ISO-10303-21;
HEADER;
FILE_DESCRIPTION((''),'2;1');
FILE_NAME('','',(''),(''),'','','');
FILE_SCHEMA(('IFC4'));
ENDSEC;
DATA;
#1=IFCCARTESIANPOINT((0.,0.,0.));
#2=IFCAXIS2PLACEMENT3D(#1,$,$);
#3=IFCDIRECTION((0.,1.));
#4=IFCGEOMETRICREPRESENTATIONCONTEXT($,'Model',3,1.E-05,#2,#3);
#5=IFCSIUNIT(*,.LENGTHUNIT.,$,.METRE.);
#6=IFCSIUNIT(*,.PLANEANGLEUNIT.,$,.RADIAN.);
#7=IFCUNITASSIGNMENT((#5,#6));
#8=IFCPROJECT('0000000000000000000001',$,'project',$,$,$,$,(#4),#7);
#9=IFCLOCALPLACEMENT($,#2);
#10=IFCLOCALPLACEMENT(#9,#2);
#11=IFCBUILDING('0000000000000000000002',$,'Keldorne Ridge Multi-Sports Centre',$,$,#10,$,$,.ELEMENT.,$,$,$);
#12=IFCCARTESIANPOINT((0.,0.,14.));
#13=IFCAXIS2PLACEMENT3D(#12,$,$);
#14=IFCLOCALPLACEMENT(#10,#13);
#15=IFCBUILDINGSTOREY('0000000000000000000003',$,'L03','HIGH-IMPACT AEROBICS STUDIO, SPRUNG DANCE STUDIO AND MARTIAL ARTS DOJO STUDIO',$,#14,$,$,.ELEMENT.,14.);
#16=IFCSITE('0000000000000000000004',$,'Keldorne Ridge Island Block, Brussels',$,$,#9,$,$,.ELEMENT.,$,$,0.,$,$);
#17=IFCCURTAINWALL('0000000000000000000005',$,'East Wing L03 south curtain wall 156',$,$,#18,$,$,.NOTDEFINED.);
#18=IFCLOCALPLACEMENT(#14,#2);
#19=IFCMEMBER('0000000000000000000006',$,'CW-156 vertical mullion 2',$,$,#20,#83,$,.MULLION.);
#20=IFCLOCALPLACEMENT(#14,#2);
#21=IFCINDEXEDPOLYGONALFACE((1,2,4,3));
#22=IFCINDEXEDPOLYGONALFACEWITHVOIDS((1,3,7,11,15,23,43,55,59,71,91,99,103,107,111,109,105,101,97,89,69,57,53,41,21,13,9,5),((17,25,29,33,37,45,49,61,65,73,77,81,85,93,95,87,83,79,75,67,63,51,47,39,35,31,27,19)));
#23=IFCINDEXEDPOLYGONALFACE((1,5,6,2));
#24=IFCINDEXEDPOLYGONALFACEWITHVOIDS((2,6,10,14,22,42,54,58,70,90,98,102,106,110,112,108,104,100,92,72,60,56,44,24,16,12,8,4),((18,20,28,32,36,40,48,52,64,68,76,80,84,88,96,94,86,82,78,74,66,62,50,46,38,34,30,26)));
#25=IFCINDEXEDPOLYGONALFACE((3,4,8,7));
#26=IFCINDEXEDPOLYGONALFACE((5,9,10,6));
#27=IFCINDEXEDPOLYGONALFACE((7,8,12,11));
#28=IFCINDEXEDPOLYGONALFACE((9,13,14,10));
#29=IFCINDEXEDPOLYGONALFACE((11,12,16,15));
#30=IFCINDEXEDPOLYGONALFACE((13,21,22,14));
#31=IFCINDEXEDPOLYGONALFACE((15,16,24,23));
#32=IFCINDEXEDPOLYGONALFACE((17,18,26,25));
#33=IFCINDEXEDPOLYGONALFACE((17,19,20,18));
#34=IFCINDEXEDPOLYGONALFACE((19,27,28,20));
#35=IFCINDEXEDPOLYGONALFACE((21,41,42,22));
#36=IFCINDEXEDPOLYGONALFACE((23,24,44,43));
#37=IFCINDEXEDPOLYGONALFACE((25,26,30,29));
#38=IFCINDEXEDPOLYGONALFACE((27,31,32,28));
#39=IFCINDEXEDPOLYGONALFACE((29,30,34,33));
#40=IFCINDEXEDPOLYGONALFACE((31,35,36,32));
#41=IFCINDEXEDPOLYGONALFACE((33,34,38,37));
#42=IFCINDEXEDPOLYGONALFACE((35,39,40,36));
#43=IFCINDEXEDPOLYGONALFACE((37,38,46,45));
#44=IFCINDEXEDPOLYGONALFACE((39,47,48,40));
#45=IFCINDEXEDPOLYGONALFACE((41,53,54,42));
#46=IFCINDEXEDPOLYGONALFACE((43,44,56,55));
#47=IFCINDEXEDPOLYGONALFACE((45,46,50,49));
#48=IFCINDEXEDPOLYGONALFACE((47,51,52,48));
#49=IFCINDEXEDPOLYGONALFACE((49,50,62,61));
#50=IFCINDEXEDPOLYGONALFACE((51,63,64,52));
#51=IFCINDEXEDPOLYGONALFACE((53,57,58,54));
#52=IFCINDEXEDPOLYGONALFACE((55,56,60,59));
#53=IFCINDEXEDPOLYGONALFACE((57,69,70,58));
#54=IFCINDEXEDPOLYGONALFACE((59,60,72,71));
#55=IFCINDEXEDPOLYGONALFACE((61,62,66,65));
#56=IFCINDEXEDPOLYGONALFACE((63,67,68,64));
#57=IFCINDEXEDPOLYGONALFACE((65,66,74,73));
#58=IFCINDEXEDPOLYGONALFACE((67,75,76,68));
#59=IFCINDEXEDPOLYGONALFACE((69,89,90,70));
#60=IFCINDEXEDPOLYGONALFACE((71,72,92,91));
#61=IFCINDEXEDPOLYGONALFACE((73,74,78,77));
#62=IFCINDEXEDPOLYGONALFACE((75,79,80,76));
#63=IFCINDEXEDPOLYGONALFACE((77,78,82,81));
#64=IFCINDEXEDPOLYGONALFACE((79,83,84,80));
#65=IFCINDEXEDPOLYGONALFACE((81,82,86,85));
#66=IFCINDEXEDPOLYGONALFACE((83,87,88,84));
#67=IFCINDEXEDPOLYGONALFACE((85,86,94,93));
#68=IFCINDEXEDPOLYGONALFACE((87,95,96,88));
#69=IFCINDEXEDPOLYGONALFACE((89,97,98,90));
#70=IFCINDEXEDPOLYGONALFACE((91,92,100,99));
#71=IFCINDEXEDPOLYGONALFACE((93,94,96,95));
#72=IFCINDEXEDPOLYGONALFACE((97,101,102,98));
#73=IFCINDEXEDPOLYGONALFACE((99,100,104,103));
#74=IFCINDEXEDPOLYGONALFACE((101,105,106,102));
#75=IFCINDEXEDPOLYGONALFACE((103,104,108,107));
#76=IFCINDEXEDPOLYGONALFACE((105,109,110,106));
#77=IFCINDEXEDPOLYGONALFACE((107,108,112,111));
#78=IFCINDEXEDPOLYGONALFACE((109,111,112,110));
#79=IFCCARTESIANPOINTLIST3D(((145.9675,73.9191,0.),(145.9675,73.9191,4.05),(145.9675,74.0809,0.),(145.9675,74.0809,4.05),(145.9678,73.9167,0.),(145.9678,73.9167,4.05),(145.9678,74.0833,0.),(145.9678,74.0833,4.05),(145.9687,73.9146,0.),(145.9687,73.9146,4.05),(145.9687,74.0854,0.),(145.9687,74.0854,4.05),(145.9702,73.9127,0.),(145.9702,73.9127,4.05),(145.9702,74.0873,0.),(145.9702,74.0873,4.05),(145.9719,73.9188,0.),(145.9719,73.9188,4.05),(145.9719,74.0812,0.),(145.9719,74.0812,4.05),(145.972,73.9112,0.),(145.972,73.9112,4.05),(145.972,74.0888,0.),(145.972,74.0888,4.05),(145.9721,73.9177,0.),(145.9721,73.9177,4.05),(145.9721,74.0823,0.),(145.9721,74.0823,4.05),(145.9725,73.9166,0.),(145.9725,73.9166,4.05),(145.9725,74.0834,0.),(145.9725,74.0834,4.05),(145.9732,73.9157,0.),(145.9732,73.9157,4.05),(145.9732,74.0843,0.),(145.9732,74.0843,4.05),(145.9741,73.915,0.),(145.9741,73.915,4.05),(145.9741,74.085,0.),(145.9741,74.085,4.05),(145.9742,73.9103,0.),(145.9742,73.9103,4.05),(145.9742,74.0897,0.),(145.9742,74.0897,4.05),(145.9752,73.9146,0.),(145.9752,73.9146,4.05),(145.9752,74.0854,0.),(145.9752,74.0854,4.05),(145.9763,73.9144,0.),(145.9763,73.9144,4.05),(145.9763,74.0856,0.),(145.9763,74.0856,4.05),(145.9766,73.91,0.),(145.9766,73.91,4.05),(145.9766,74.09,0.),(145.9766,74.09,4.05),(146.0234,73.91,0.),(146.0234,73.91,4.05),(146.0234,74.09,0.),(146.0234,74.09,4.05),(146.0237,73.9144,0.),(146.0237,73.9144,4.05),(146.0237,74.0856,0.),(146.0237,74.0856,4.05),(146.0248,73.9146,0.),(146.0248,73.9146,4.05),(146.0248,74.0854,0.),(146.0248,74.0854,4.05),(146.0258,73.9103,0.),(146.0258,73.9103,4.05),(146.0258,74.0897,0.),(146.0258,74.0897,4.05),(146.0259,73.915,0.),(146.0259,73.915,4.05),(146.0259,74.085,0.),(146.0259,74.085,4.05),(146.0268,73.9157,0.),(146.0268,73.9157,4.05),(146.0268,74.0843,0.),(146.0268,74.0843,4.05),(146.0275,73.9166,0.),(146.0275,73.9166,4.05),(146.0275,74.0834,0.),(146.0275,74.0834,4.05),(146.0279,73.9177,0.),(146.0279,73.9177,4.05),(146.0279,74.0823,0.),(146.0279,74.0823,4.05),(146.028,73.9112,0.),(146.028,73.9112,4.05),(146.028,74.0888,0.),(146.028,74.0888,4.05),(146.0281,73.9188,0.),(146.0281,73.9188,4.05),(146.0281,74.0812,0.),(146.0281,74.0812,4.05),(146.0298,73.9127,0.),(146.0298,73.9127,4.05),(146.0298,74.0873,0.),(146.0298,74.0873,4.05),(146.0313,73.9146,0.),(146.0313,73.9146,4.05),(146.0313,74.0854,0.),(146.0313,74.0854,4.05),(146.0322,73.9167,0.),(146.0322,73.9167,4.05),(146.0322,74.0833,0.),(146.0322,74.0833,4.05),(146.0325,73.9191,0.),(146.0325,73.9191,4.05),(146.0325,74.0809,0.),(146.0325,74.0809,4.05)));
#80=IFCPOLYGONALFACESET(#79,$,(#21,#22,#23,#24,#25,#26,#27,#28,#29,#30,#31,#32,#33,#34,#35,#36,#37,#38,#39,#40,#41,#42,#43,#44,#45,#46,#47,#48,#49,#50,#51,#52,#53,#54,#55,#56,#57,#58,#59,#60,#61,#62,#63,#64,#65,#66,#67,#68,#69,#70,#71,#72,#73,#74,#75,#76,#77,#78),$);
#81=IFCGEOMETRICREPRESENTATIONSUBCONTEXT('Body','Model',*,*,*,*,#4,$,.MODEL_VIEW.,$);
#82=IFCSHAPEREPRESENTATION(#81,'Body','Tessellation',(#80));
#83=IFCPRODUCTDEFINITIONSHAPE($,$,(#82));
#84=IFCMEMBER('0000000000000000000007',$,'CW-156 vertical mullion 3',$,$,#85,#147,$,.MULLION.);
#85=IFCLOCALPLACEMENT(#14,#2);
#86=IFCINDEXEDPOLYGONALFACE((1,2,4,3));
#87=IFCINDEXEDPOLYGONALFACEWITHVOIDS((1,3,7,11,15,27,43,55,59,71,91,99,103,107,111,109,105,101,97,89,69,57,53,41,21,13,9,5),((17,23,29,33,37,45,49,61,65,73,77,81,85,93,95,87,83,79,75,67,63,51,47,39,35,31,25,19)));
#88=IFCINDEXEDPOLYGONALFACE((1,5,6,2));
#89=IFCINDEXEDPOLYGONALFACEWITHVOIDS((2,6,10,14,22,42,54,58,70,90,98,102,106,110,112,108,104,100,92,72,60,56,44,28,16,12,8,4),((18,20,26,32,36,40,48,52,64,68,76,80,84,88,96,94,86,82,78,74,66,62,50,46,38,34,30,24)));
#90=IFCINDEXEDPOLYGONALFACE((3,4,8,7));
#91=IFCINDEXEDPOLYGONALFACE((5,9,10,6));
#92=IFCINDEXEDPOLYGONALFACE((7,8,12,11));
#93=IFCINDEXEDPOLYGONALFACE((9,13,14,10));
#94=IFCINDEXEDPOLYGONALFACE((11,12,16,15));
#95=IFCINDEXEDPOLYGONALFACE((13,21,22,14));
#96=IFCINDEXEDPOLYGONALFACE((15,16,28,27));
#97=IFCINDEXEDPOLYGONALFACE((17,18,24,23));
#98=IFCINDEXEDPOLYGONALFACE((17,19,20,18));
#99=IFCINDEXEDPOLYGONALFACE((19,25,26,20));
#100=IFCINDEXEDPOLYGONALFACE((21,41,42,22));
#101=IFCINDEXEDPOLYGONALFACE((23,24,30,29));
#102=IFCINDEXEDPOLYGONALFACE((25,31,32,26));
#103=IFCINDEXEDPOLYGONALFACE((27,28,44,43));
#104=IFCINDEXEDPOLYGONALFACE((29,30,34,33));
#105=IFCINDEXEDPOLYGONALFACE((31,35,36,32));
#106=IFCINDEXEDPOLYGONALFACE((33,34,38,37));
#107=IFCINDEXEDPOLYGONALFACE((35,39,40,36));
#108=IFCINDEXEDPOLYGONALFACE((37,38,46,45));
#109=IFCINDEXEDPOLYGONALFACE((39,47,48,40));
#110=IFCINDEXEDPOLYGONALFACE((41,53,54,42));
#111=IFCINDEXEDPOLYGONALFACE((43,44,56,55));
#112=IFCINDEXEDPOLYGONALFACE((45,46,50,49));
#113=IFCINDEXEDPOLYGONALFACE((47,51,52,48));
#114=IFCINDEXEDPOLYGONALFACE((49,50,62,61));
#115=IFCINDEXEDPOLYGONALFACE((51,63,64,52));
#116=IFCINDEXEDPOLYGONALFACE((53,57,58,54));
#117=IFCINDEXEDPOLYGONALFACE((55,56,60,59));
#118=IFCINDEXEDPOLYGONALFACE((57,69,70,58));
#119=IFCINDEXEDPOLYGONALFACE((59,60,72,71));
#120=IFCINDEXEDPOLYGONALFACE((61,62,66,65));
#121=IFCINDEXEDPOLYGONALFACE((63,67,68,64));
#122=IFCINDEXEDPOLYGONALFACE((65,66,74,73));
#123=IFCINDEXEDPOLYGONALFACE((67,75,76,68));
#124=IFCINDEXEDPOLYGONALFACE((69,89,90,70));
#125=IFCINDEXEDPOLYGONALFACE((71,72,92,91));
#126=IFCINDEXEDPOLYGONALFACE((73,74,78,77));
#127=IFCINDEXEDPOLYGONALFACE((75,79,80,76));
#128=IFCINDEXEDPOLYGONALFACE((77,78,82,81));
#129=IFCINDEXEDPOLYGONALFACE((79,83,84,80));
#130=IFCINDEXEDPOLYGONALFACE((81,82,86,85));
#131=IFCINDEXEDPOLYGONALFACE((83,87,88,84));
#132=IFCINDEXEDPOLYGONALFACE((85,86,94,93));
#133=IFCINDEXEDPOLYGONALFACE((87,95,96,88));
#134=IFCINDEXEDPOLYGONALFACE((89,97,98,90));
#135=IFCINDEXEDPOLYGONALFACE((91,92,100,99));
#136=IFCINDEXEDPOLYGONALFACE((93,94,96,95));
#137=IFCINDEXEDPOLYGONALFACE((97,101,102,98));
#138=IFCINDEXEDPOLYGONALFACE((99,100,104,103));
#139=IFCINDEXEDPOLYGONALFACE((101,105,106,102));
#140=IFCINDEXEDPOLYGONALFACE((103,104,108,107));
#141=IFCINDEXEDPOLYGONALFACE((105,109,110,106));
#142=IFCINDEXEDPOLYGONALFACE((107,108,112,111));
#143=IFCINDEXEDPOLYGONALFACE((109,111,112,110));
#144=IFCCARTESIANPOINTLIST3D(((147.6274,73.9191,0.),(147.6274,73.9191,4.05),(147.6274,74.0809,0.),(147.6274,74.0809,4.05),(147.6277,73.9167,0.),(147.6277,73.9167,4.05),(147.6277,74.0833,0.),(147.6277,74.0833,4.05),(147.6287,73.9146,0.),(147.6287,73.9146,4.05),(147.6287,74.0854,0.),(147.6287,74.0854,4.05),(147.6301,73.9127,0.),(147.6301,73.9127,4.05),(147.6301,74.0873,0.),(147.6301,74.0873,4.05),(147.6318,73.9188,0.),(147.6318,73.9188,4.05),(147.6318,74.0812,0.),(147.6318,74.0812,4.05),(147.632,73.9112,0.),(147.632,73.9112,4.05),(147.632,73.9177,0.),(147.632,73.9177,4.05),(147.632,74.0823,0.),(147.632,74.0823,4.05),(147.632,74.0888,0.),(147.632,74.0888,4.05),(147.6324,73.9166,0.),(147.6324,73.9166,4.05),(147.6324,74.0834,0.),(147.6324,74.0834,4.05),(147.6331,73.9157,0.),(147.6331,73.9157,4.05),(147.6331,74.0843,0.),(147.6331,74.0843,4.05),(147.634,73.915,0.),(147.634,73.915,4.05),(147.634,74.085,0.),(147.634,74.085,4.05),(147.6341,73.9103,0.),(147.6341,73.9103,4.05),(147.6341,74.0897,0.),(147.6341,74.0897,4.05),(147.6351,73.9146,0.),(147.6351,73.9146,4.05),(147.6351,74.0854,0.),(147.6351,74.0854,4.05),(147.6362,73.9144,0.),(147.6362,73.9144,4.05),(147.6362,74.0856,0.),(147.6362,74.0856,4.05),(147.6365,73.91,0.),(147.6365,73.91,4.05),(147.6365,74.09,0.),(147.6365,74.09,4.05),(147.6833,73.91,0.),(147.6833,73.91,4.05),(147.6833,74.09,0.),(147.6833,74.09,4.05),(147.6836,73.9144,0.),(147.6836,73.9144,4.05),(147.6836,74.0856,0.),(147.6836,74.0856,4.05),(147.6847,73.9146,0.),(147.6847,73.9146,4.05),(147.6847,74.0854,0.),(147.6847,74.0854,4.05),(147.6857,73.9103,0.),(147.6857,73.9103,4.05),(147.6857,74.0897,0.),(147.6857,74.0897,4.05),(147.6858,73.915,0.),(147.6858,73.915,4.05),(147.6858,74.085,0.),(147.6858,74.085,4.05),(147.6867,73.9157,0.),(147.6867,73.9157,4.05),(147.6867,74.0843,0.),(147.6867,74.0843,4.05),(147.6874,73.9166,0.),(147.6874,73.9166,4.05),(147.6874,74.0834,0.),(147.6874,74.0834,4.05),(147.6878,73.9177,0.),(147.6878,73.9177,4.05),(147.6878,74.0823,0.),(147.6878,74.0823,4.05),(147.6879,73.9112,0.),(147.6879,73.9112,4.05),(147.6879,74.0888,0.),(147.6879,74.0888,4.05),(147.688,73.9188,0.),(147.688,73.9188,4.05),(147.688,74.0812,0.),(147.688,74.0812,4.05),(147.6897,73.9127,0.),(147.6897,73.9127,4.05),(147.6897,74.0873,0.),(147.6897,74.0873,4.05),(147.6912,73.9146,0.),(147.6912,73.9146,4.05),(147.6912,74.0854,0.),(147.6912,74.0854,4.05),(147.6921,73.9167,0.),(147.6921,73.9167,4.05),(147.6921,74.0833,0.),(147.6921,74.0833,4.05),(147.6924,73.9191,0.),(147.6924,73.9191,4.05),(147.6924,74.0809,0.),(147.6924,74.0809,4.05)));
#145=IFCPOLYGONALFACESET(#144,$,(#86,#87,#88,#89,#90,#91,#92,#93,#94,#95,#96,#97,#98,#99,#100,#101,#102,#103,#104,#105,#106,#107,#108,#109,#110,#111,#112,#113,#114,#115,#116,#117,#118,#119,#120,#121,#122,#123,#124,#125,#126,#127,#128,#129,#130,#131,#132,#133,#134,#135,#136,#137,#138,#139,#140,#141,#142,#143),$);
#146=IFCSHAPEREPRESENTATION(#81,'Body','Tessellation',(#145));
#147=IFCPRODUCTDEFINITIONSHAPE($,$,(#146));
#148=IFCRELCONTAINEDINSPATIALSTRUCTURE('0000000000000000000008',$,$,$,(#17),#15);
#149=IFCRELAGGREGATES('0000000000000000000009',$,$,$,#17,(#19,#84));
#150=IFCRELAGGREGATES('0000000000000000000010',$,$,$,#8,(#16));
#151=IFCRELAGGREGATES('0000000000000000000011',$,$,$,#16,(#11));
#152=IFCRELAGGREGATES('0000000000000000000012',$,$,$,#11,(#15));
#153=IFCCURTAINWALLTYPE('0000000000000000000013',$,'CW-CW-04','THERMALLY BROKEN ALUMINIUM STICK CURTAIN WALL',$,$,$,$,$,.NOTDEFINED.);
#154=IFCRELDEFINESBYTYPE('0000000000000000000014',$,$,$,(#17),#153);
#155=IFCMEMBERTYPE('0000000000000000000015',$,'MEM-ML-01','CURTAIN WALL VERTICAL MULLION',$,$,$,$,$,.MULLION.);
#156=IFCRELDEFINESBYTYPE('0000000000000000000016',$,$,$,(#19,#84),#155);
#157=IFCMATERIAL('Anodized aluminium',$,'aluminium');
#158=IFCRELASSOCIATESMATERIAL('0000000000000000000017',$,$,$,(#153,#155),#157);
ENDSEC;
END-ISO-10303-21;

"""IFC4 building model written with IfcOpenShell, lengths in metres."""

from ifc_helpers import new_model, si_unit, direction, frame, origin, origin_2d, place, context, subcontext, project, spatial, hollow_rectangle, extrude, material, material_profile, profile_set, type_object, element, aggregate, save


model = new_model("IFC4")

# Units and contexts
model_context = context("Model", 3, precision=1e-05, world=origin(), true_north=direction((0.0, 1.0)))
body_context = subcontext(model_context, "Body", "Model", "MODEL_VIEW")
ifc_project = project(units=[si_unit("LENGTHUNIT", "METRE"), si_unit("PLANEANGLEUNIT", "RADIAN")], contexts=[model_context])

# Site, building, storey
site_placement = place(None, origin())
site = spatial("IfcSite", under=ifc_project, at=site_placement, Name="Keldorne Ridge Island Block, Brussels", CompositionType="ELEMENT", RefElevation=0.0)
building_placement = place(site_placement, origin())
building = spatial("IfcBuilding", under=site, at=building_placement, Name="Keldorne Ridge Multi-Sports Centre", CompositionType="ELEMENT")
storey_placement = place(building_placement, frame((0.0, 0.0, 14.0)))
storey = spatial("IfcBuildingStorey", under=building, at=storey_placement, Name="L03", Description="HIGH-IMPACT AEROBICS STUDIO, SPRUNG DANCE STUDIO AND MARTIAL ARTS DOJO STUDIO", CompositionType="ELEMENT", Elevation=14.0)

# Curtain wall, members
ifc_material_1 = material(Name="Anodized aluminium", Category="aluminium")
curtain_wall_type = type_object("IfcCurtainWallType", Name="CW-CW-04", Description="THERMALLY BROKEN ALUMINIUM STICK CURTAIN WALL", PredefinedType="NOTDEFINED", material=ifc_material_1)
curtain_wall_placement = place(storey_placement, origin())
curtain_wall = element("IfcCurtainWall", 1, at=curtain_wall_placement, inside=storey, type_object=curtain_wall_type, Name="East Wing L03 south curtain wall 156", PredefinedType="NOTDEFINED")
ifc_material_profile_1 = material_profile(ifc_material_1, hollow_rectangle(XDim=0.0649, YDim=0.1799, WallThickness=0.0044, InnerFilletRadius=0.0044, OuterFilletRadius=0.009, at=origin_2d()), Name="ALU MULLION 180x65x4.5")
ifc_profile_set_1 = profile_set([ifc_material_profile_1], Name="Anodized aluminium")
member_type_1 = type_object("IfcMemberType", Name="MEM-ML-01", Description="CURTAIN WALL VERTICAL MULLION", PredefinedType="MULLION", material=ifc_profile_set_1)
member_1_placement = place(storey_placement, frame((146.0, 74.0, 0.0), z_axis=(0.0, 0.0, 1.0), x_axis=(1.0, 0.0, 0.0)))
member_1 = element("IfcMember", 2, at=member_1_placement, type_object=member_type_1, Name="CW-156 vertical mullion 2", PredefinedType="MULLION", context=body_context, shape_type="SweptSolid", body=[
    extrude(hollow_rectangle(XDim=0.0649, YDim=0.1799, WallThickness=0.0044, InnerFilletRadius=0.0044, OuterFilletRadius=0.009, at=origin_2d()), origin(), (0.0, 0.0, 1.0), 4.05),
])
member_2_placement = place(storey_placement, frame((147.6599, 74.0, 0.0), z_axis=(0.0, 0.0, 1.0), x_axis=(1.0, 0.0, 0.0)))
member_2 = element("IfcMember", 3, at=member_2_placement, type_object=member_type_1, Name="CW-156 vertical mullion 3", PredefinedType="MULLION", context=body_context, shape_type="SweptSolid", body=[
    extrude(hollow_rectangle(XDim=0.0649, YDim=0.1799, WallThickness=0.0044, InnerFilletRadius=0.0044, OuterFilletRadius=0.009, at=origin_2d()), origin(), (0.0, 0.0, 1.0), 4.05),
])
aggregate(curtain_wall, [member_1, member_2])

save(model, "model.ifc")
